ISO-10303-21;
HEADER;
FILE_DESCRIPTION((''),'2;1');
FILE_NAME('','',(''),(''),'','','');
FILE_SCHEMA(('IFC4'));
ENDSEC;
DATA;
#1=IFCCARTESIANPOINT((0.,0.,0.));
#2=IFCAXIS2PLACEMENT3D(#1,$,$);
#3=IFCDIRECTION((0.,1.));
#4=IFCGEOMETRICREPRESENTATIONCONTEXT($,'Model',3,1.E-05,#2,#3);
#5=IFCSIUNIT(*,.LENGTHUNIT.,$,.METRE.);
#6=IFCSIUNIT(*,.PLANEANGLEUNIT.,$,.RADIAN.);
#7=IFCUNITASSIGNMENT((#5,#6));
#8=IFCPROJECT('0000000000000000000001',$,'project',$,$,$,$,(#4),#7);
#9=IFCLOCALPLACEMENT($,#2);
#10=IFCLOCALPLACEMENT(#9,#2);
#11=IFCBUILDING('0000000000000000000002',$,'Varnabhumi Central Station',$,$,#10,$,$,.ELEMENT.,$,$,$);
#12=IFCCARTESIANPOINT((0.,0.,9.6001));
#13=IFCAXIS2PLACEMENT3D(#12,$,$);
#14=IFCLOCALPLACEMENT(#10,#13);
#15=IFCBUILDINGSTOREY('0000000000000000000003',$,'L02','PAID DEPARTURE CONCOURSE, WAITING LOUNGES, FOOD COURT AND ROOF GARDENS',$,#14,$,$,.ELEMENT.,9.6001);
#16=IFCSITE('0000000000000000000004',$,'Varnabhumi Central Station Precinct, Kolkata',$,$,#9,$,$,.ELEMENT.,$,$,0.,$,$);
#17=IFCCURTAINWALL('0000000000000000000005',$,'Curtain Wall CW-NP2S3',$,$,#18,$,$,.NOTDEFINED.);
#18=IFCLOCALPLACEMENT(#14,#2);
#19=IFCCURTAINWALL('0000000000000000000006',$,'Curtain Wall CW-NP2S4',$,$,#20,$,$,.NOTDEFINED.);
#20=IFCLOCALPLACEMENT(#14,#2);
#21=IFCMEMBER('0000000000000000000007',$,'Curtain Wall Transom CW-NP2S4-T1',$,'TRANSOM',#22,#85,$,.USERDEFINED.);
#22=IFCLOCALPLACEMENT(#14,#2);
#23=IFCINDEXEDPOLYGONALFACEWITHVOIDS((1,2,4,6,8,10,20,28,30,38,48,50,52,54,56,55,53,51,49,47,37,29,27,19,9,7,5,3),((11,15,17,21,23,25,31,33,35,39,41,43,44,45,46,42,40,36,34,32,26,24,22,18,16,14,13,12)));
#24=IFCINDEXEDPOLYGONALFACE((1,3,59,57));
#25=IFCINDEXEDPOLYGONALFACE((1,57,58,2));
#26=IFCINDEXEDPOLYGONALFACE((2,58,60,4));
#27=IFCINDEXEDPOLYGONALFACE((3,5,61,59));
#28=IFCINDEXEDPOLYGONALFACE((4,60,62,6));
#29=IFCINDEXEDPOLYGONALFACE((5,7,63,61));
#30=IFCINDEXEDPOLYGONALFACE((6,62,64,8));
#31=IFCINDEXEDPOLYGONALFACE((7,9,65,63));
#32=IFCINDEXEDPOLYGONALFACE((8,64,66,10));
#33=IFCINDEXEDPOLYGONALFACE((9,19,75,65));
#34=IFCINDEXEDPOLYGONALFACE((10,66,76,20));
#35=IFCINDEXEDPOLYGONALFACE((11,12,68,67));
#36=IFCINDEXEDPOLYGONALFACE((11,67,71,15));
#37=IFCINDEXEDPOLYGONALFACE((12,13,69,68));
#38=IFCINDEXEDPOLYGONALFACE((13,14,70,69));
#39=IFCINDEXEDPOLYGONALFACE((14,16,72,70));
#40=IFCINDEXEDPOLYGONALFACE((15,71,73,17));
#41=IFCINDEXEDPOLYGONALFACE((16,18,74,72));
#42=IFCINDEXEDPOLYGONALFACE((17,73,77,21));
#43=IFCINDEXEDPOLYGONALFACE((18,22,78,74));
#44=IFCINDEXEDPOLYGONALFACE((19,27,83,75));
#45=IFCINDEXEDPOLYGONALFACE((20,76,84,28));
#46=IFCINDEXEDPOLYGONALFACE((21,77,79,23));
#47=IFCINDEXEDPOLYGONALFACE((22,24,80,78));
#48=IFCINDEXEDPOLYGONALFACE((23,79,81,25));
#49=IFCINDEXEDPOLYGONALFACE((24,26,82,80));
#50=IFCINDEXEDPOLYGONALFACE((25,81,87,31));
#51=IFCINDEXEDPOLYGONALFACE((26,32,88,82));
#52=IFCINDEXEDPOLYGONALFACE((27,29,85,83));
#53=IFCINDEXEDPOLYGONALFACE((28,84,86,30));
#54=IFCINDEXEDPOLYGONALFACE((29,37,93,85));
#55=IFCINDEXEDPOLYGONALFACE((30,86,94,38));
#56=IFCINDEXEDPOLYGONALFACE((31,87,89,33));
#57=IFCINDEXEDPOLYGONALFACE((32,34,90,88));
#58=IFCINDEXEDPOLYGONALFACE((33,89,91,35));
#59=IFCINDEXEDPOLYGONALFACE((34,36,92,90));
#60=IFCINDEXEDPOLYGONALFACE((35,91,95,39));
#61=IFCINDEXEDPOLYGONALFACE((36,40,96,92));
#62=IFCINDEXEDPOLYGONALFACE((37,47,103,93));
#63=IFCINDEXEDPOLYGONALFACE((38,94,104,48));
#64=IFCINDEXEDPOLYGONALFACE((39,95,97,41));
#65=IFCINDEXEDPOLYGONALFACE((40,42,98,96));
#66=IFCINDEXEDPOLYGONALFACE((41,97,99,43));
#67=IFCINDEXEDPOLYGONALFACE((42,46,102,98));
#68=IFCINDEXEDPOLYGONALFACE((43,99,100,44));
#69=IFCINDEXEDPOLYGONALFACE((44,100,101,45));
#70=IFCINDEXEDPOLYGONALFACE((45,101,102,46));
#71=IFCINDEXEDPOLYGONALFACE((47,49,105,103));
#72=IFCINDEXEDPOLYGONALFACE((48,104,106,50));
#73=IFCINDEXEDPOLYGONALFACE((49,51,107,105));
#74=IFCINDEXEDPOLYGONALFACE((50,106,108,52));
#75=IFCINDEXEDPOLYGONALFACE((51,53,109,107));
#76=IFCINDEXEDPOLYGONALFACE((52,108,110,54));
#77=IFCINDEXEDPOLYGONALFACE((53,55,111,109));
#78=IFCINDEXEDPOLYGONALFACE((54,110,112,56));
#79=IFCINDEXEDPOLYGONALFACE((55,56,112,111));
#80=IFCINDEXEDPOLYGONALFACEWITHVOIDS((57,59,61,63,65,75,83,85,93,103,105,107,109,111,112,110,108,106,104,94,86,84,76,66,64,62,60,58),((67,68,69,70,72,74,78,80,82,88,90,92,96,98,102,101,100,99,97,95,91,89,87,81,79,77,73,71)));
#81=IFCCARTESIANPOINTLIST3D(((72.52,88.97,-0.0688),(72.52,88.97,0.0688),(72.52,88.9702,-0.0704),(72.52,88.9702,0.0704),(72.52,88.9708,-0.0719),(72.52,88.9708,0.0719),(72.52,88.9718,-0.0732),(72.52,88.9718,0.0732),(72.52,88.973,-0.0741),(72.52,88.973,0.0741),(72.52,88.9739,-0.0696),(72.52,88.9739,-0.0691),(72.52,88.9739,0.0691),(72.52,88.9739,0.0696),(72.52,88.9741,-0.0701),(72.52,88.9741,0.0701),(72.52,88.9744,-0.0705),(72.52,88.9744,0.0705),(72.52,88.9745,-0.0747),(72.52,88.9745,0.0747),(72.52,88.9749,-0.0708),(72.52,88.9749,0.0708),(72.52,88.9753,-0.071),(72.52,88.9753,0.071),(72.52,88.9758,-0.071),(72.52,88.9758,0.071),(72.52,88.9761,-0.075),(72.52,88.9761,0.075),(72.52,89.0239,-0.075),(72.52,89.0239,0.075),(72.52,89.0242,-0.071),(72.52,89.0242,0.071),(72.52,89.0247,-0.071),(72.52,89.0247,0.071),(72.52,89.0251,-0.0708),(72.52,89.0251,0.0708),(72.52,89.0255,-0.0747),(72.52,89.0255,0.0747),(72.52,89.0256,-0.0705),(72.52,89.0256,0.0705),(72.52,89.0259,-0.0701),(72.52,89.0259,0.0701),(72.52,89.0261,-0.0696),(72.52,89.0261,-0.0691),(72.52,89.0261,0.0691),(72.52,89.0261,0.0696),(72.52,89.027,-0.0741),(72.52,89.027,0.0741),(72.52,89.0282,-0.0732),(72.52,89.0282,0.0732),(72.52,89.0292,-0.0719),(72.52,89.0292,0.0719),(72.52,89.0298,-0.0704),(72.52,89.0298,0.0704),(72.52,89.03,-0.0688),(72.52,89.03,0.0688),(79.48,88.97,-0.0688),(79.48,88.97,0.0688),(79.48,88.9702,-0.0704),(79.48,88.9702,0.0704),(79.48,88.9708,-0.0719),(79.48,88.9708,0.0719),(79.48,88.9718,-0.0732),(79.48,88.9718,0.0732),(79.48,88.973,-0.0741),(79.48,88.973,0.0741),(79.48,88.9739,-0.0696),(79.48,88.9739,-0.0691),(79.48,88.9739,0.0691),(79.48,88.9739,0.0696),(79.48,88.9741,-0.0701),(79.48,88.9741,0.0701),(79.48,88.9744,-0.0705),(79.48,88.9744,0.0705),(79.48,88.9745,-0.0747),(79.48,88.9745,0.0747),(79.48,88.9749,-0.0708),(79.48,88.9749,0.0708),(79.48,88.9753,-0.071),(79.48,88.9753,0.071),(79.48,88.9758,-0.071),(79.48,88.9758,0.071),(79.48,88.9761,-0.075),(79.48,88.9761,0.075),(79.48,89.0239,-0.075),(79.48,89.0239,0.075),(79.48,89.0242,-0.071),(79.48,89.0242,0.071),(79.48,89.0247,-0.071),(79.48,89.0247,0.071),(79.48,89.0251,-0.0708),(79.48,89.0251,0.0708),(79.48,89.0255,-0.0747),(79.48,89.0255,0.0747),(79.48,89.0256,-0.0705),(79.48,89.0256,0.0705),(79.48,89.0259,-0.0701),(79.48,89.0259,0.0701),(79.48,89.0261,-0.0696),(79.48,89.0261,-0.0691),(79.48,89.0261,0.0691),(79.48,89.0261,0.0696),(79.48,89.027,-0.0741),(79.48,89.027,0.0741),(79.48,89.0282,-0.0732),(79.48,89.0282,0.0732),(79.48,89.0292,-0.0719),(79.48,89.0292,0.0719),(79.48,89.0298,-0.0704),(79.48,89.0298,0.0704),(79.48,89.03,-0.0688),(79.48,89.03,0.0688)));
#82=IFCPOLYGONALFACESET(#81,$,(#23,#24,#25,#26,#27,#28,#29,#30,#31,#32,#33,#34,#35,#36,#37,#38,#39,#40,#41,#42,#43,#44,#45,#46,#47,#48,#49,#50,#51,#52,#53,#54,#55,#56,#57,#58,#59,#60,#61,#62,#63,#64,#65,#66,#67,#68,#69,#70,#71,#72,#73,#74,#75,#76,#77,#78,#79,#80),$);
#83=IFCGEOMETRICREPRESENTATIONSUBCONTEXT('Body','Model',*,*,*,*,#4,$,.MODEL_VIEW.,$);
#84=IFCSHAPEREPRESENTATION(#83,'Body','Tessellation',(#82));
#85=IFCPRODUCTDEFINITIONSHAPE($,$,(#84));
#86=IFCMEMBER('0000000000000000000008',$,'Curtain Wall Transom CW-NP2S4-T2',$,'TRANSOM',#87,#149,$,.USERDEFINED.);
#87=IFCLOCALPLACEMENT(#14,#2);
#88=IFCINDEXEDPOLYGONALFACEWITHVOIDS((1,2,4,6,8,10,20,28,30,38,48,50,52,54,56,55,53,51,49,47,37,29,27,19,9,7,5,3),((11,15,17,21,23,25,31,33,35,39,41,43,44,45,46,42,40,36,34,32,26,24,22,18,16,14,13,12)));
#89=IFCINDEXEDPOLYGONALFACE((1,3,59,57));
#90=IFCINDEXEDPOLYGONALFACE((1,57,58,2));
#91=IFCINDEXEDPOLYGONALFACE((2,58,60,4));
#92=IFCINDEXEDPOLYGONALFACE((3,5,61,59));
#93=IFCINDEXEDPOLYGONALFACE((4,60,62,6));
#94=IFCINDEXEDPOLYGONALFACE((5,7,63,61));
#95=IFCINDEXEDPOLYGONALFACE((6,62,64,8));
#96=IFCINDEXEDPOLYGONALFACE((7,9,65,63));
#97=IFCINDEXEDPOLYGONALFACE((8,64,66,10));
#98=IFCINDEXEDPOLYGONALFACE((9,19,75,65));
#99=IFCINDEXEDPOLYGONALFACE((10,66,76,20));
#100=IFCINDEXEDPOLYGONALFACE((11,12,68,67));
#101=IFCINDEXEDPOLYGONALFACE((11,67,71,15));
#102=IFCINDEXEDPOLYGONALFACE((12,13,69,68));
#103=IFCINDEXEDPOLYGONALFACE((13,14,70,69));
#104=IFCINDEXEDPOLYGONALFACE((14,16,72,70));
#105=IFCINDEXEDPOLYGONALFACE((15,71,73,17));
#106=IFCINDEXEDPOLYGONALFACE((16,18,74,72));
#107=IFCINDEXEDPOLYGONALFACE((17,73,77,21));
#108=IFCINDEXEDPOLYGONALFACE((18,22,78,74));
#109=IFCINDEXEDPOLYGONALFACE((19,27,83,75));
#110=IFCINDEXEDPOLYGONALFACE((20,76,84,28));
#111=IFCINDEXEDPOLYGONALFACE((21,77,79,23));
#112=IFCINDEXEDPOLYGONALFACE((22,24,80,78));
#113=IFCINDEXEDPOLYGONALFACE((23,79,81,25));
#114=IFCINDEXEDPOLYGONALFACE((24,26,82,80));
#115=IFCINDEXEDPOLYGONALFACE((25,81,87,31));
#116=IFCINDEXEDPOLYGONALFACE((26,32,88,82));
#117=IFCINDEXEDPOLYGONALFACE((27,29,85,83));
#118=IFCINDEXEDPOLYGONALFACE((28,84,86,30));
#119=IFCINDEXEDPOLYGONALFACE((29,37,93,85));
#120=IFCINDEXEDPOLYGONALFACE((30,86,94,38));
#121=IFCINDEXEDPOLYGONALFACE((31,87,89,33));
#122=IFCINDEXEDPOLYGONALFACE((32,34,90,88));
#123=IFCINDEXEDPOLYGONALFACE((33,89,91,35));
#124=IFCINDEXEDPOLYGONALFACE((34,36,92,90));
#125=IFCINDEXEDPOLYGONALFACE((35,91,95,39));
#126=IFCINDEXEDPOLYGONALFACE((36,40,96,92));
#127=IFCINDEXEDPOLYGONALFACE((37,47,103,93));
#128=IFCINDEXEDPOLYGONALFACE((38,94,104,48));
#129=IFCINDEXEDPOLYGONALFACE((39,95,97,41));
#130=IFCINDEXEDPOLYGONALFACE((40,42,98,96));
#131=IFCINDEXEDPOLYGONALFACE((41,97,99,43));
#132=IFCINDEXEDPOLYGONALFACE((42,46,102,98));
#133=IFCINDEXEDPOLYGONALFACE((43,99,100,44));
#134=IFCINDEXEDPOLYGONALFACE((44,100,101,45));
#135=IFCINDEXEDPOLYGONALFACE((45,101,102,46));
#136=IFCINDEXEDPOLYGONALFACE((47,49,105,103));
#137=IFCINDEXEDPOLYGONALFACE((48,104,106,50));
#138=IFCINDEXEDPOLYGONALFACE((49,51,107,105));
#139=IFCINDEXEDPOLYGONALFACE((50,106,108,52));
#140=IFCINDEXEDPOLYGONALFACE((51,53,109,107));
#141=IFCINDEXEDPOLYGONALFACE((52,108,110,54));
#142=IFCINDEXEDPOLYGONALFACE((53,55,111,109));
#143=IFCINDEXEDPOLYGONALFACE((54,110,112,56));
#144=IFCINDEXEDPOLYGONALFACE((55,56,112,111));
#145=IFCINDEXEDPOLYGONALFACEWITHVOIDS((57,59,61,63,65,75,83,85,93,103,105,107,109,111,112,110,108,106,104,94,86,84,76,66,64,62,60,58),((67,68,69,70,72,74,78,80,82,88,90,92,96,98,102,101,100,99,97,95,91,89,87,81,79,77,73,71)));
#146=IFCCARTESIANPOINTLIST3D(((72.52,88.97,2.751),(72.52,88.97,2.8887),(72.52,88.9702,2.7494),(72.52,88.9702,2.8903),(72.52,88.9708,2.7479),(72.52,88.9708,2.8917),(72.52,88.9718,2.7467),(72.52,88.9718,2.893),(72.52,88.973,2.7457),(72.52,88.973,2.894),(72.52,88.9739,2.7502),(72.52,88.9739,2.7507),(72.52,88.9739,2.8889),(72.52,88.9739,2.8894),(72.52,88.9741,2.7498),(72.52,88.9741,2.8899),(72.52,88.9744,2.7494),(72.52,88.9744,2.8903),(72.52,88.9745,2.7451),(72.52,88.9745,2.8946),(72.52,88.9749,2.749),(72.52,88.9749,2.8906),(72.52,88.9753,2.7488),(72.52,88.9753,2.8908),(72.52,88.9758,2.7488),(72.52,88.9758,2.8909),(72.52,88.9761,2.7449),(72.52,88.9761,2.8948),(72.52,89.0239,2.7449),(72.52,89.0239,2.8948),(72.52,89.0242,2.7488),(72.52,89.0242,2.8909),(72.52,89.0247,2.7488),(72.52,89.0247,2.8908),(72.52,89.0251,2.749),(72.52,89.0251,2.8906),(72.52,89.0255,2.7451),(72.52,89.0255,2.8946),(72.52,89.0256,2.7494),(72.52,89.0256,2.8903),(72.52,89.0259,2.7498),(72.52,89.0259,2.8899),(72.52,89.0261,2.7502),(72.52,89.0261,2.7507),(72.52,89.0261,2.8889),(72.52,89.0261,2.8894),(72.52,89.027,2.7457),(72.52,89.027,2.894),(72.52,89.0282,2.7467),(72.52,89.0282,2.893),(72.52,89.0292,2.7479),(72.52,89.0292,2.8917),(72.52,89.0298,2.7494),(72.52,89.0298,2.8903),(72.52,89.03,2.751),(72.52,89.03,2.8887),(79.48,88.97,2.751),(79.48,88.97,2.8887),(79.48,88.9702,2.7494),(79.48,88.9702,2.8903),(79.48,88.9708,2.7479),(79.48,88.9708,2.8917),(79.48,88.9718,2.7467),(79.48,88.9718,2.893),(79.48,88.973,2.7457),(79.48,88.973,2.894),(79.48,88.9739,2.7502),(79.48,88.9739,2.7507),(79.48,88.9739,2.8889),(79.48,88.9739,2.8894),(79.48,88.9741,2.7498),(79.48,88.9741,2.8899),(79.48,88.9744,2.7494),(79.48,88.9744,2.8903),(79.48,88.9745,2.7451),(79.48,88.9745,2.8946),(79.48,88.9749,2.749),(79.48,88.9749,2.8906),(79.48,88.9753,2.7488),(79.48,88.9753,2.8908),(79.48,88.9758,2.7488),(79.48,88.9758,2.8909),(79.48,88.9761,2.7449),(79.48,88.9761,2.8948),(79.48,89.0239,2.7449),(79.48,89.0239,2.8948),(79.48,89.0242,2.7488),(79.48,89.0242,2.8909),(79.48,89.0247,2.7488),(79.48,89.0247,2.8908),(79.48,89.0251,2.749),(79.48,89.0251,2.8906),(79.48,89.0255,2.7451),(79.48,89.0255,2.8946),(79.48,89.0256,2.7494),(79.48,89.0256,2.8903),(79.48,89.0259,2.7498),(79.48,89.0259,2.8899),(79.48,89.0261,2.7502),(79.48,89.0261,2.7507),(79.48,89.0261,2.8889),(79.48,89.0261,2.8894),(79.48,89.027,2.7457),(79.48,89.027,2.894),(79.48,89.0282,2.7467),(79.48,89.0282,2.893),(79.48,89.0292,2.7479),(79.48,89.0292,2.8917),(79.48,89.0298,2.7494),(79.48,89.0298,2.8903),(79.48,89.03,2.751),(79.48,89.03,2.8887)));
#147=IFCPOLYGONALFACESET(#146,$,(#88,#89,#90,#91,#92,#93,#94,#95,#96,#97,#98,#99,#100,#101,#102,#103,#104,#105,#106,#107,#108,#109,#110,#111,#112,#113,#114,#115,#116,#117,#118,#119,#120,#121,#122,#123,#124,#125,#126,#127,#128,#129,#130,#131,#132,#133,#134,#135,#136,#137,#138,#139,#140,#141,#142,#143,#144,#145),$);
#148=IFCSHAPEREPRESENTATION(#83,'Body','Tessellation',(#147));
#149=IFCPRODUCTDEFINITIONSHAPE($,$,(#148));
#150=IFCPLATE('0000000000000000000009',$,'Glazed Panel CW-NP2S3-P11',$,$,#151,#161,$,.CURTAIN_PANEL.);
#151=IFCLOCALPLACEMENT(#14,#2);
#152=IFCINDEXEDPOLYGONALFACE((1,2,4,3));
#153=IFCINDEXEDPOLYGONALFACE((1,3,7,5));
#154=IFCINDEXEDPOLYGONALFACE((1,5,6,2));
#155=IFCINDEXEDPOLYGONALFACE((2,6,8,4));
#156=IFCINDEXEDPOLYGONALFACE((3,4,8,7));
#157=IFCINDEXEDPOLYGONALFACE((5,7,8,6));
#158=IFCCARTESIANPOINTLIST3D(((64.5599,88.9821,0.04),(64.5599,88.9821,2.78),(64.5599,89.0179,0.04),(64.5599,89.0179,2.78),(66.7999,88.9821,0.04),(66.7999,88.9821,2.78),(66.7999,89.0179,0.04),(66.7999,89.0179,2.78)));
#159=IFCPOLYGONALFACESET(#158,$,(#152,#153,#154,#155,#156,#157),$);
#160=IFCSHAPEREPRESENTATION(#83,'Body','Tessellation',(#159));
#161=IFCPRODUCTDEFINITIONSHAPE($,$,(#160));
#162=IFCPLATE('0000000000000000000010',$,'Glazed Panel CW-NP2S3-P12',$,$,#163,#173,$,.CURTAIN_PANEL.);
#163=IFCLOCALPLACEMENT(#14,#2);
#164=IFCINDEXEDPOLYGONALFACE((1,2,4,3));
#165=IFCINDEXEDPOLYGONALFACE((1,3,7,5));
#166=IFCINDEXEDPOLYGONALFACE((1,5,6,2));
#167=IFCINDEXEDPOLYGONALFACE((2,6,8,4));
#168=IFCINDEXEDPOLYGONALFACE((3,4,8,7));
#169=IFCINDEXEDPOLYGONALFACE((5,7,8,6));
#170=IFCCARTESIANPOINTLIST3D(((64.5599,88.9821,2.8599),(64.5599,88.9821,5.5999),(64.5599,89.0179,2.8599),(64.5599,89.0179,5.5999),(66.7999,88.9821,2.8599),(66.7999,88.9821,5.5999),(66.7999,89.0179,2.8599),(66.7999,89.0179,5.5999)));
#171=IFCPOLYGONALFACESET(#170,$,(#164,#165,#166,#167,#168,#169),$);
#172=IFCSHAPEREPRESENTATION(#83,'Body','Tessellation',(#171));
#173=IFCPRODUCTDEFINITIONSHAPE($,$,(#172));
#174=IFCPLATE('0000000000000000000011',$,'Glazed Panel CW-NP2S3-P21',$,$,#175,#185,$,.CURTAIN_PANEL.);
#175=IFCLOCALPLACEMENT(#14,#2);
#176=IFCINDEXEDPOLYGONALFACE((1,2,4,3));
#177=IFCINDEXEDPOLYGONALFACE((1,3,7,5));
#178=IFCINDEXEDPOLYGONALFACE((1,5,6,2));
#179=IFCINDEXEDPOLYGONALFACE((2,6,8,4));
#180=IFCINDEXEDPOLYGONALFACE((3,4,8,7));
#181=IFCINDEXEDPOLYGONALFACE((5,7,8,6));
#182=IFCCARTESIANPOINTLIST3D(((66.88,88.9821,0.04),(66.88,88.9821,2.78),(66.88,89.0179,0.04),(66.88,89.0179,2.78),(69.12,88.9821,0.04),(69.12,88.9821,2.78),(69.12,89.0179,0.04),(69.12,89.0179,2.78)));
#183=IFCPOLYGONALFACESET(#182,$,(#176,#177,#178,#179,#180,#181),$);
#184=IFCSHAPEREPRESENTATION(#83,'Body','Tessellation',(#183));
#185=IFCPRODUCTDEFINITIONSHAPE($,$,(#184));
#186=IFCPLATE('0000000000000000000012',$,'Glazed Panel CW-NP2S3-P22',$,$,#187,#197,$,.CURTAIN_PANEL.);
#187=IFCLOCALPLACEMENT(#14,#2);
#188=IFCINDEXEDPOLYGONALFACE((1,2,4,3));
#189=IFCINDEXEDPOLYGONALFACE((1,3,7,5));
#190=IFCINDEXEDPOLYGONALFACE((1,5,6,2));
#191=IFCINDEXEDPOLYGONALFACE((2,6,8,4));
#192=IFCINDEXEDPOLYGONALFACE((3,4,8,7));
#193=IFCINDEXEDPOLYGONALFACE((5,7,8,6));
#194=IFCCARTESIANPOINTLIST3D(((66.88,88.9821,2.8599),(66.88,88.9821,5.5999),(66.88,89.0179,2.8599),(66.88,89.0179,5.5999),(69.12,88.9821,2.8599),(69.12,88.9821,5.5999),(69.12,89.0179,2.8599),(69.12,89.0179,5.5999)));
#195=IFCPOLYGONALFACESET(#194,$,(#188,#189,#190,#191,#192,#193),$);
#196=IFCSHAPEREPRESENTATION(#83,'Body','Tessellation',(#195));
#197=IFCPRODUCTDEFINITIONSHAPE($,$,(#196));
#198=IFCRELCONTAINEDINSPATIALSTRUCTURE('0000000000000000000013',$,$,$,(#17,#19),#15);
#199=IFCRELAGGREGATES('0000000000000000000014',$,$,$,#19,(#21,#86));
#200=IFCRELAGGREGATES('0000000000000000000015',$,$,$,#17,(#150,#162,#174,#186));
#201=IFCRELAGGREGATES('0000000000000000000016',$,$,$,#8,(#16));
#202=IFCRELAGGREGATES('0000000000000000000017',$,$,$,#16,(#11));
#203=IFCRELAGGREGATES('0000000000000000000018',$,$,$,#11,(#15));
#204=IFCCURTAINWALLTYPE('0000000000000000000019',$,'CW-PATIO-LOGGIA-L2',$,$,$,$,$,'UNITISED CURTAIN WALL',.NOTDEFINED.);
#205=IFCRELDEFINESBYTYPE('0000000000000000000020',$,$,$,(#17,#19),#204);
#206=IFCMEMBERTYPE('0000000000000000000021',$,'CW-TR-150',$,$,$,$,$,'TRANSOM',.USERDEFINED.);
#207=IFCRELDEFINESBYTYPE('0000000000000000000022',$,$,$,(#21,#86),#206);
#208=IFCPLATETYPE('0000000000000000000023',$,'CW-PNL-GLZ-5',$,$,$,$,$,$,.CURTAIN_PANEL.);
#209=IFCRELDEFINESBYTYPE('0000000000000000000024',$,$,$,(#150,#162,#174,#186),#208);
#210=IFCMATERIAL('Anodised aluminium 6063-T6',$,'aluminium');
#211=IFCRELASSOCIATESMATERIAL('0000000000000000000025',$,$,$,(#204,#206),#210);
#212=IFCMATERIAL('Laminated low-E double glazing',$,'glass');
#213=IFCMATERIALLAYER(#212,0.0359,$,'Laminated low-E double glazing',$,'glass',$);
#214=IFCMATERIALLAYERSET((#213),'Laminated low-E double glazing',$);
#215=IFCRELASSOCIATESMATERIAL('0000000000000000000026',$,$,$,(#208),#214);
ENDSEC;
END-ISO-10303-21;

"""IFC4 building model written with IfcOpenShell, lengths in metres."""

from ifc_helpers import new_model, si_unit, direction, frame, origin, origin_2d, place, context, subcontext, project, spatial, rectangle, hollow_rectangle, extrude, material, layer, layer_set, material_profile, profile_set, type_object, element, aggregate, save


model = new_model("IFC4")

# Units and contexts
model_context = context("Model", 3, precision=1e-05, world=origin(), true_north=direction((0.0, 1.0)))
body_context = subcontext(model_context, "Body", "Model", "MODEL_VIEW")
ifc_project = project(units=[si_unit("LENGTHUNIT", "METRE"), si_unit("PLANEANGLEUNIT", "RADIAN")], contexts=[model_context])

# Site, building, storey
site_placement = place(None, origin())
site = spatial("IfcSite", under=ifc_project, at=site_placement, Name="Varnabhumi Central Station Precinct, Kolkata", CompositionType="ELEMENT", RefElevation=0.0)
building_placement = place(site_placement, origin())
building = spatial("IfcBuilding", under=site, at=building_placement, Name="Varnabhumi Central Station", CompositionType="ELEMENT")
storey_placement = place(building_placement, frame((0.0, 0.0, 9.6001)))
storey = spatial("IfcBuildingStorey", under=building, at=storey_placement, Name="L02", Description="PAID DEPARTURE CONCOURSE, WAITING LOUNGES, FOOD COURT AND ROOF GARDENS", CompositionType="ELEMENT", Elevation=9.6001)

# Shared definitions
ifc_material_1 = material(Name="Anodised aluminium 6063-T6", Category="aluminium")
curtain_wall_type = type_object("IfcCurtainWallType", Name="CW-PATIO-LOGGIA-L2", ElementType="UNITISED CURTAIN WALL", PredefinedType="NOTDEFINED", material=ifc_material_1)

# Curtain wall
curtain_wall_1_placement = place(storey_placement, origin())
curtain_wall_1 = element("IfcCurtainWall", 1, at=curtain_wall_1_placement, inside=storey, type_object=curtain_wall_type, Name="Curtain Wall CW-NP2S3", PredefinedType="NOTDEFINED")

# Curtain wall
curtain_wall_2_placement = place(storey_placement, origin())
curtain_wall_2 = element("IfcCurtainWall", 2, at=curtain_wall_2_placement, inside=storey, type_object=curtain_wall_type, Name="Curtain Wall CW-NP2S4", PredefinedType="NOTDEFINED")

# Members
ifc_material_profile_1 = material_profile(ifc_material_1, hollow_rectangle(XDim=0.0601, YDim=0.1499, WallThickness=0.0039, InnerFilletRadius=0.002, OuterFilletRadius=0.0061, at=origin_2d()), Name="Anodised aluminium 6063-T6", Category="aluminium")
ifc_profile_set_1 = profile_set([ifc_material_profile_1], Name="Anodised aluminium 6063-T6")
member_type_1 = type_object("IfcMemberType", Name="CW-TR-150", ElementType="TRANSOM", PredefinedType="USERDEFINED", material=ifc_profile_set_1)
member_1_placement = place(storey_placement, frame((72.52, 89.0, 0.0), z_axis=(1.0, 0.0, 0.0), x_axis=(0.0, 1.0, 0.0)))
member_1 = element("IfcMember", 3, at=member_1_placement, type_object=member_type_1, Name="Curtain Wall Transom CW-NP2S4-T1", ObjectType="TRANSOM", PredefinedType="USERDEFINED", context=body_context, shape_type="SweptSolid", body=[
    extrude(hollow_rectangle(XDim=0.0601, YDim=0.1499, WallThickness=0.0039, InnerFilletRadius=0.002, OuterFilletRadius=0.0061, at=origin_2d()), origin(), (0.0, 0.0, 1.0), 6.96),
])
member_2_placement = place(storey_placement, frame((72.52, 89.0, 2.8198), z_axis=(1.0, 0.0, 0.0), x_axis=(0.0, 1.0, 0.0)))
member_2 = element("IfcMember", 4, at=member_2_placement, type_object=member_type_1, Name="Curtain Wall Transom CW-NP2S4-T2", ObjectType="TRANSOM", PredefinedType="USERDEFINED", context=body_context, shape_type="SweptSolid", body=[
    extrude(hollow_rectangle(XDim=0.0601, YDim=0.1499, WallThickness=0.0039, InnerFilletRadius=0.002, OuterFilletRadius=0.0061, at=origin_2d()), origin(), (0.0, 0.0, 1.0), 6.96),
])
aggregate(curtain_wall_2, [member_1, member_2])

# Plates
ifc_material_2 = material(Name="Laminated low-E double glazing", Category="glass")
ifc_layer_1 = layer(ifc_material_2, 0.0359, Name="Laminated low-E double glazing", Category="glass")
ifc_layer_set_1 = layer_set([ifc_layer_1], Name="Laminated low-E double glazing")
plate_type = type_object("IfcPlateType", Name="CW-PNL-GLZ-5", PredefinedType="CURTAIN_PANEL", material=ifc_layer_set_1)
plate_1_placement = place(storey_placement, frame((65.6799, 89.0, 0.04), z_axis=(0.0, 0.0, 1.0), x_axis=(1.0, 0.0, 0.0)))
plate_1 = element("IfcPlate", 5, at=plate_1_placement, type_object=plate_type, Name="Glazed Panel CW-NP2S3-P11", PredefinedType="CURTAIN_PANEL", context=body_context, shape_type="SweptSolid", body=[
    extrude(rectangle(XDim=2.24, YDim=0.0359, at=origin_2d()), origin(), (0.0, 0.0, 1.0), 2.74),
])
plate_2_placement = place(storey_placement, frame((65.6799, 89.0, 2.8599), z_axis=(0.0, 0.0, 1.0), x_axis=(1.0, 0.0, 0.0)))
plate_2 = element("IfcPlate", 6, at=plate_2_placement, type_object=plate_type, Name="Glazed Panel CW-NP2S3-P12", PredefinedType="CURTAIN_PANEL", context=body_context, shape_type="SweptSolid", body=[
    extrude(rectangle(XDim=2.24, YDim=0.0359, at=origin_2d()), origin(), (0.0, 0.0, 1.0), 2.74),
])
plate_3_placement = place(storey_placement, frame((68.0, 89.0, 0.04), z_axis=(0.0, 0.0, 1.0), x_axis=(1.0, 0.0, 0.0)))
plate_3 = element("IfcPlate", 7, at=plate_3_placement, type_object=plate_type, Name="Glazed Panel CW-NP2S3-P21", PredefinedType="CURTAIN_PANEL", context=body_context, shape_type="SweptSolid", body=[
    extrude(rectangle(XDim=2.24, YDim=0.0359, at=origin_2d()), origin(), (0.0, 0.0, 1.0), 2.74),
])
plate_4_placement = place(storey_placement, frame((68.0, 89.0, 2.8599), z_axis=(0.0, 0.0, 1.0), x_axis=(1.0, 0.0, 0.0)))
plate_4 = element("IfcPlate", 8, at=plate_4_placement, type_object=plate_type, Name="Glazed Panel CW-NP2S3-P22", PredefinedType="CURTAIN_PANEL", context=body_context, shape_type="SweptSolid", body=[
    extrude(rectangle(XDim=2.24, YDim=0.0359, at=origin_2d()), origin(), (0.0, 0.0, 1.0), 2.74),
])
aggregate(curtain_wall_1, [plate_1, plate_2, plate_3, plate_4])

save(model, "model.ifc")
